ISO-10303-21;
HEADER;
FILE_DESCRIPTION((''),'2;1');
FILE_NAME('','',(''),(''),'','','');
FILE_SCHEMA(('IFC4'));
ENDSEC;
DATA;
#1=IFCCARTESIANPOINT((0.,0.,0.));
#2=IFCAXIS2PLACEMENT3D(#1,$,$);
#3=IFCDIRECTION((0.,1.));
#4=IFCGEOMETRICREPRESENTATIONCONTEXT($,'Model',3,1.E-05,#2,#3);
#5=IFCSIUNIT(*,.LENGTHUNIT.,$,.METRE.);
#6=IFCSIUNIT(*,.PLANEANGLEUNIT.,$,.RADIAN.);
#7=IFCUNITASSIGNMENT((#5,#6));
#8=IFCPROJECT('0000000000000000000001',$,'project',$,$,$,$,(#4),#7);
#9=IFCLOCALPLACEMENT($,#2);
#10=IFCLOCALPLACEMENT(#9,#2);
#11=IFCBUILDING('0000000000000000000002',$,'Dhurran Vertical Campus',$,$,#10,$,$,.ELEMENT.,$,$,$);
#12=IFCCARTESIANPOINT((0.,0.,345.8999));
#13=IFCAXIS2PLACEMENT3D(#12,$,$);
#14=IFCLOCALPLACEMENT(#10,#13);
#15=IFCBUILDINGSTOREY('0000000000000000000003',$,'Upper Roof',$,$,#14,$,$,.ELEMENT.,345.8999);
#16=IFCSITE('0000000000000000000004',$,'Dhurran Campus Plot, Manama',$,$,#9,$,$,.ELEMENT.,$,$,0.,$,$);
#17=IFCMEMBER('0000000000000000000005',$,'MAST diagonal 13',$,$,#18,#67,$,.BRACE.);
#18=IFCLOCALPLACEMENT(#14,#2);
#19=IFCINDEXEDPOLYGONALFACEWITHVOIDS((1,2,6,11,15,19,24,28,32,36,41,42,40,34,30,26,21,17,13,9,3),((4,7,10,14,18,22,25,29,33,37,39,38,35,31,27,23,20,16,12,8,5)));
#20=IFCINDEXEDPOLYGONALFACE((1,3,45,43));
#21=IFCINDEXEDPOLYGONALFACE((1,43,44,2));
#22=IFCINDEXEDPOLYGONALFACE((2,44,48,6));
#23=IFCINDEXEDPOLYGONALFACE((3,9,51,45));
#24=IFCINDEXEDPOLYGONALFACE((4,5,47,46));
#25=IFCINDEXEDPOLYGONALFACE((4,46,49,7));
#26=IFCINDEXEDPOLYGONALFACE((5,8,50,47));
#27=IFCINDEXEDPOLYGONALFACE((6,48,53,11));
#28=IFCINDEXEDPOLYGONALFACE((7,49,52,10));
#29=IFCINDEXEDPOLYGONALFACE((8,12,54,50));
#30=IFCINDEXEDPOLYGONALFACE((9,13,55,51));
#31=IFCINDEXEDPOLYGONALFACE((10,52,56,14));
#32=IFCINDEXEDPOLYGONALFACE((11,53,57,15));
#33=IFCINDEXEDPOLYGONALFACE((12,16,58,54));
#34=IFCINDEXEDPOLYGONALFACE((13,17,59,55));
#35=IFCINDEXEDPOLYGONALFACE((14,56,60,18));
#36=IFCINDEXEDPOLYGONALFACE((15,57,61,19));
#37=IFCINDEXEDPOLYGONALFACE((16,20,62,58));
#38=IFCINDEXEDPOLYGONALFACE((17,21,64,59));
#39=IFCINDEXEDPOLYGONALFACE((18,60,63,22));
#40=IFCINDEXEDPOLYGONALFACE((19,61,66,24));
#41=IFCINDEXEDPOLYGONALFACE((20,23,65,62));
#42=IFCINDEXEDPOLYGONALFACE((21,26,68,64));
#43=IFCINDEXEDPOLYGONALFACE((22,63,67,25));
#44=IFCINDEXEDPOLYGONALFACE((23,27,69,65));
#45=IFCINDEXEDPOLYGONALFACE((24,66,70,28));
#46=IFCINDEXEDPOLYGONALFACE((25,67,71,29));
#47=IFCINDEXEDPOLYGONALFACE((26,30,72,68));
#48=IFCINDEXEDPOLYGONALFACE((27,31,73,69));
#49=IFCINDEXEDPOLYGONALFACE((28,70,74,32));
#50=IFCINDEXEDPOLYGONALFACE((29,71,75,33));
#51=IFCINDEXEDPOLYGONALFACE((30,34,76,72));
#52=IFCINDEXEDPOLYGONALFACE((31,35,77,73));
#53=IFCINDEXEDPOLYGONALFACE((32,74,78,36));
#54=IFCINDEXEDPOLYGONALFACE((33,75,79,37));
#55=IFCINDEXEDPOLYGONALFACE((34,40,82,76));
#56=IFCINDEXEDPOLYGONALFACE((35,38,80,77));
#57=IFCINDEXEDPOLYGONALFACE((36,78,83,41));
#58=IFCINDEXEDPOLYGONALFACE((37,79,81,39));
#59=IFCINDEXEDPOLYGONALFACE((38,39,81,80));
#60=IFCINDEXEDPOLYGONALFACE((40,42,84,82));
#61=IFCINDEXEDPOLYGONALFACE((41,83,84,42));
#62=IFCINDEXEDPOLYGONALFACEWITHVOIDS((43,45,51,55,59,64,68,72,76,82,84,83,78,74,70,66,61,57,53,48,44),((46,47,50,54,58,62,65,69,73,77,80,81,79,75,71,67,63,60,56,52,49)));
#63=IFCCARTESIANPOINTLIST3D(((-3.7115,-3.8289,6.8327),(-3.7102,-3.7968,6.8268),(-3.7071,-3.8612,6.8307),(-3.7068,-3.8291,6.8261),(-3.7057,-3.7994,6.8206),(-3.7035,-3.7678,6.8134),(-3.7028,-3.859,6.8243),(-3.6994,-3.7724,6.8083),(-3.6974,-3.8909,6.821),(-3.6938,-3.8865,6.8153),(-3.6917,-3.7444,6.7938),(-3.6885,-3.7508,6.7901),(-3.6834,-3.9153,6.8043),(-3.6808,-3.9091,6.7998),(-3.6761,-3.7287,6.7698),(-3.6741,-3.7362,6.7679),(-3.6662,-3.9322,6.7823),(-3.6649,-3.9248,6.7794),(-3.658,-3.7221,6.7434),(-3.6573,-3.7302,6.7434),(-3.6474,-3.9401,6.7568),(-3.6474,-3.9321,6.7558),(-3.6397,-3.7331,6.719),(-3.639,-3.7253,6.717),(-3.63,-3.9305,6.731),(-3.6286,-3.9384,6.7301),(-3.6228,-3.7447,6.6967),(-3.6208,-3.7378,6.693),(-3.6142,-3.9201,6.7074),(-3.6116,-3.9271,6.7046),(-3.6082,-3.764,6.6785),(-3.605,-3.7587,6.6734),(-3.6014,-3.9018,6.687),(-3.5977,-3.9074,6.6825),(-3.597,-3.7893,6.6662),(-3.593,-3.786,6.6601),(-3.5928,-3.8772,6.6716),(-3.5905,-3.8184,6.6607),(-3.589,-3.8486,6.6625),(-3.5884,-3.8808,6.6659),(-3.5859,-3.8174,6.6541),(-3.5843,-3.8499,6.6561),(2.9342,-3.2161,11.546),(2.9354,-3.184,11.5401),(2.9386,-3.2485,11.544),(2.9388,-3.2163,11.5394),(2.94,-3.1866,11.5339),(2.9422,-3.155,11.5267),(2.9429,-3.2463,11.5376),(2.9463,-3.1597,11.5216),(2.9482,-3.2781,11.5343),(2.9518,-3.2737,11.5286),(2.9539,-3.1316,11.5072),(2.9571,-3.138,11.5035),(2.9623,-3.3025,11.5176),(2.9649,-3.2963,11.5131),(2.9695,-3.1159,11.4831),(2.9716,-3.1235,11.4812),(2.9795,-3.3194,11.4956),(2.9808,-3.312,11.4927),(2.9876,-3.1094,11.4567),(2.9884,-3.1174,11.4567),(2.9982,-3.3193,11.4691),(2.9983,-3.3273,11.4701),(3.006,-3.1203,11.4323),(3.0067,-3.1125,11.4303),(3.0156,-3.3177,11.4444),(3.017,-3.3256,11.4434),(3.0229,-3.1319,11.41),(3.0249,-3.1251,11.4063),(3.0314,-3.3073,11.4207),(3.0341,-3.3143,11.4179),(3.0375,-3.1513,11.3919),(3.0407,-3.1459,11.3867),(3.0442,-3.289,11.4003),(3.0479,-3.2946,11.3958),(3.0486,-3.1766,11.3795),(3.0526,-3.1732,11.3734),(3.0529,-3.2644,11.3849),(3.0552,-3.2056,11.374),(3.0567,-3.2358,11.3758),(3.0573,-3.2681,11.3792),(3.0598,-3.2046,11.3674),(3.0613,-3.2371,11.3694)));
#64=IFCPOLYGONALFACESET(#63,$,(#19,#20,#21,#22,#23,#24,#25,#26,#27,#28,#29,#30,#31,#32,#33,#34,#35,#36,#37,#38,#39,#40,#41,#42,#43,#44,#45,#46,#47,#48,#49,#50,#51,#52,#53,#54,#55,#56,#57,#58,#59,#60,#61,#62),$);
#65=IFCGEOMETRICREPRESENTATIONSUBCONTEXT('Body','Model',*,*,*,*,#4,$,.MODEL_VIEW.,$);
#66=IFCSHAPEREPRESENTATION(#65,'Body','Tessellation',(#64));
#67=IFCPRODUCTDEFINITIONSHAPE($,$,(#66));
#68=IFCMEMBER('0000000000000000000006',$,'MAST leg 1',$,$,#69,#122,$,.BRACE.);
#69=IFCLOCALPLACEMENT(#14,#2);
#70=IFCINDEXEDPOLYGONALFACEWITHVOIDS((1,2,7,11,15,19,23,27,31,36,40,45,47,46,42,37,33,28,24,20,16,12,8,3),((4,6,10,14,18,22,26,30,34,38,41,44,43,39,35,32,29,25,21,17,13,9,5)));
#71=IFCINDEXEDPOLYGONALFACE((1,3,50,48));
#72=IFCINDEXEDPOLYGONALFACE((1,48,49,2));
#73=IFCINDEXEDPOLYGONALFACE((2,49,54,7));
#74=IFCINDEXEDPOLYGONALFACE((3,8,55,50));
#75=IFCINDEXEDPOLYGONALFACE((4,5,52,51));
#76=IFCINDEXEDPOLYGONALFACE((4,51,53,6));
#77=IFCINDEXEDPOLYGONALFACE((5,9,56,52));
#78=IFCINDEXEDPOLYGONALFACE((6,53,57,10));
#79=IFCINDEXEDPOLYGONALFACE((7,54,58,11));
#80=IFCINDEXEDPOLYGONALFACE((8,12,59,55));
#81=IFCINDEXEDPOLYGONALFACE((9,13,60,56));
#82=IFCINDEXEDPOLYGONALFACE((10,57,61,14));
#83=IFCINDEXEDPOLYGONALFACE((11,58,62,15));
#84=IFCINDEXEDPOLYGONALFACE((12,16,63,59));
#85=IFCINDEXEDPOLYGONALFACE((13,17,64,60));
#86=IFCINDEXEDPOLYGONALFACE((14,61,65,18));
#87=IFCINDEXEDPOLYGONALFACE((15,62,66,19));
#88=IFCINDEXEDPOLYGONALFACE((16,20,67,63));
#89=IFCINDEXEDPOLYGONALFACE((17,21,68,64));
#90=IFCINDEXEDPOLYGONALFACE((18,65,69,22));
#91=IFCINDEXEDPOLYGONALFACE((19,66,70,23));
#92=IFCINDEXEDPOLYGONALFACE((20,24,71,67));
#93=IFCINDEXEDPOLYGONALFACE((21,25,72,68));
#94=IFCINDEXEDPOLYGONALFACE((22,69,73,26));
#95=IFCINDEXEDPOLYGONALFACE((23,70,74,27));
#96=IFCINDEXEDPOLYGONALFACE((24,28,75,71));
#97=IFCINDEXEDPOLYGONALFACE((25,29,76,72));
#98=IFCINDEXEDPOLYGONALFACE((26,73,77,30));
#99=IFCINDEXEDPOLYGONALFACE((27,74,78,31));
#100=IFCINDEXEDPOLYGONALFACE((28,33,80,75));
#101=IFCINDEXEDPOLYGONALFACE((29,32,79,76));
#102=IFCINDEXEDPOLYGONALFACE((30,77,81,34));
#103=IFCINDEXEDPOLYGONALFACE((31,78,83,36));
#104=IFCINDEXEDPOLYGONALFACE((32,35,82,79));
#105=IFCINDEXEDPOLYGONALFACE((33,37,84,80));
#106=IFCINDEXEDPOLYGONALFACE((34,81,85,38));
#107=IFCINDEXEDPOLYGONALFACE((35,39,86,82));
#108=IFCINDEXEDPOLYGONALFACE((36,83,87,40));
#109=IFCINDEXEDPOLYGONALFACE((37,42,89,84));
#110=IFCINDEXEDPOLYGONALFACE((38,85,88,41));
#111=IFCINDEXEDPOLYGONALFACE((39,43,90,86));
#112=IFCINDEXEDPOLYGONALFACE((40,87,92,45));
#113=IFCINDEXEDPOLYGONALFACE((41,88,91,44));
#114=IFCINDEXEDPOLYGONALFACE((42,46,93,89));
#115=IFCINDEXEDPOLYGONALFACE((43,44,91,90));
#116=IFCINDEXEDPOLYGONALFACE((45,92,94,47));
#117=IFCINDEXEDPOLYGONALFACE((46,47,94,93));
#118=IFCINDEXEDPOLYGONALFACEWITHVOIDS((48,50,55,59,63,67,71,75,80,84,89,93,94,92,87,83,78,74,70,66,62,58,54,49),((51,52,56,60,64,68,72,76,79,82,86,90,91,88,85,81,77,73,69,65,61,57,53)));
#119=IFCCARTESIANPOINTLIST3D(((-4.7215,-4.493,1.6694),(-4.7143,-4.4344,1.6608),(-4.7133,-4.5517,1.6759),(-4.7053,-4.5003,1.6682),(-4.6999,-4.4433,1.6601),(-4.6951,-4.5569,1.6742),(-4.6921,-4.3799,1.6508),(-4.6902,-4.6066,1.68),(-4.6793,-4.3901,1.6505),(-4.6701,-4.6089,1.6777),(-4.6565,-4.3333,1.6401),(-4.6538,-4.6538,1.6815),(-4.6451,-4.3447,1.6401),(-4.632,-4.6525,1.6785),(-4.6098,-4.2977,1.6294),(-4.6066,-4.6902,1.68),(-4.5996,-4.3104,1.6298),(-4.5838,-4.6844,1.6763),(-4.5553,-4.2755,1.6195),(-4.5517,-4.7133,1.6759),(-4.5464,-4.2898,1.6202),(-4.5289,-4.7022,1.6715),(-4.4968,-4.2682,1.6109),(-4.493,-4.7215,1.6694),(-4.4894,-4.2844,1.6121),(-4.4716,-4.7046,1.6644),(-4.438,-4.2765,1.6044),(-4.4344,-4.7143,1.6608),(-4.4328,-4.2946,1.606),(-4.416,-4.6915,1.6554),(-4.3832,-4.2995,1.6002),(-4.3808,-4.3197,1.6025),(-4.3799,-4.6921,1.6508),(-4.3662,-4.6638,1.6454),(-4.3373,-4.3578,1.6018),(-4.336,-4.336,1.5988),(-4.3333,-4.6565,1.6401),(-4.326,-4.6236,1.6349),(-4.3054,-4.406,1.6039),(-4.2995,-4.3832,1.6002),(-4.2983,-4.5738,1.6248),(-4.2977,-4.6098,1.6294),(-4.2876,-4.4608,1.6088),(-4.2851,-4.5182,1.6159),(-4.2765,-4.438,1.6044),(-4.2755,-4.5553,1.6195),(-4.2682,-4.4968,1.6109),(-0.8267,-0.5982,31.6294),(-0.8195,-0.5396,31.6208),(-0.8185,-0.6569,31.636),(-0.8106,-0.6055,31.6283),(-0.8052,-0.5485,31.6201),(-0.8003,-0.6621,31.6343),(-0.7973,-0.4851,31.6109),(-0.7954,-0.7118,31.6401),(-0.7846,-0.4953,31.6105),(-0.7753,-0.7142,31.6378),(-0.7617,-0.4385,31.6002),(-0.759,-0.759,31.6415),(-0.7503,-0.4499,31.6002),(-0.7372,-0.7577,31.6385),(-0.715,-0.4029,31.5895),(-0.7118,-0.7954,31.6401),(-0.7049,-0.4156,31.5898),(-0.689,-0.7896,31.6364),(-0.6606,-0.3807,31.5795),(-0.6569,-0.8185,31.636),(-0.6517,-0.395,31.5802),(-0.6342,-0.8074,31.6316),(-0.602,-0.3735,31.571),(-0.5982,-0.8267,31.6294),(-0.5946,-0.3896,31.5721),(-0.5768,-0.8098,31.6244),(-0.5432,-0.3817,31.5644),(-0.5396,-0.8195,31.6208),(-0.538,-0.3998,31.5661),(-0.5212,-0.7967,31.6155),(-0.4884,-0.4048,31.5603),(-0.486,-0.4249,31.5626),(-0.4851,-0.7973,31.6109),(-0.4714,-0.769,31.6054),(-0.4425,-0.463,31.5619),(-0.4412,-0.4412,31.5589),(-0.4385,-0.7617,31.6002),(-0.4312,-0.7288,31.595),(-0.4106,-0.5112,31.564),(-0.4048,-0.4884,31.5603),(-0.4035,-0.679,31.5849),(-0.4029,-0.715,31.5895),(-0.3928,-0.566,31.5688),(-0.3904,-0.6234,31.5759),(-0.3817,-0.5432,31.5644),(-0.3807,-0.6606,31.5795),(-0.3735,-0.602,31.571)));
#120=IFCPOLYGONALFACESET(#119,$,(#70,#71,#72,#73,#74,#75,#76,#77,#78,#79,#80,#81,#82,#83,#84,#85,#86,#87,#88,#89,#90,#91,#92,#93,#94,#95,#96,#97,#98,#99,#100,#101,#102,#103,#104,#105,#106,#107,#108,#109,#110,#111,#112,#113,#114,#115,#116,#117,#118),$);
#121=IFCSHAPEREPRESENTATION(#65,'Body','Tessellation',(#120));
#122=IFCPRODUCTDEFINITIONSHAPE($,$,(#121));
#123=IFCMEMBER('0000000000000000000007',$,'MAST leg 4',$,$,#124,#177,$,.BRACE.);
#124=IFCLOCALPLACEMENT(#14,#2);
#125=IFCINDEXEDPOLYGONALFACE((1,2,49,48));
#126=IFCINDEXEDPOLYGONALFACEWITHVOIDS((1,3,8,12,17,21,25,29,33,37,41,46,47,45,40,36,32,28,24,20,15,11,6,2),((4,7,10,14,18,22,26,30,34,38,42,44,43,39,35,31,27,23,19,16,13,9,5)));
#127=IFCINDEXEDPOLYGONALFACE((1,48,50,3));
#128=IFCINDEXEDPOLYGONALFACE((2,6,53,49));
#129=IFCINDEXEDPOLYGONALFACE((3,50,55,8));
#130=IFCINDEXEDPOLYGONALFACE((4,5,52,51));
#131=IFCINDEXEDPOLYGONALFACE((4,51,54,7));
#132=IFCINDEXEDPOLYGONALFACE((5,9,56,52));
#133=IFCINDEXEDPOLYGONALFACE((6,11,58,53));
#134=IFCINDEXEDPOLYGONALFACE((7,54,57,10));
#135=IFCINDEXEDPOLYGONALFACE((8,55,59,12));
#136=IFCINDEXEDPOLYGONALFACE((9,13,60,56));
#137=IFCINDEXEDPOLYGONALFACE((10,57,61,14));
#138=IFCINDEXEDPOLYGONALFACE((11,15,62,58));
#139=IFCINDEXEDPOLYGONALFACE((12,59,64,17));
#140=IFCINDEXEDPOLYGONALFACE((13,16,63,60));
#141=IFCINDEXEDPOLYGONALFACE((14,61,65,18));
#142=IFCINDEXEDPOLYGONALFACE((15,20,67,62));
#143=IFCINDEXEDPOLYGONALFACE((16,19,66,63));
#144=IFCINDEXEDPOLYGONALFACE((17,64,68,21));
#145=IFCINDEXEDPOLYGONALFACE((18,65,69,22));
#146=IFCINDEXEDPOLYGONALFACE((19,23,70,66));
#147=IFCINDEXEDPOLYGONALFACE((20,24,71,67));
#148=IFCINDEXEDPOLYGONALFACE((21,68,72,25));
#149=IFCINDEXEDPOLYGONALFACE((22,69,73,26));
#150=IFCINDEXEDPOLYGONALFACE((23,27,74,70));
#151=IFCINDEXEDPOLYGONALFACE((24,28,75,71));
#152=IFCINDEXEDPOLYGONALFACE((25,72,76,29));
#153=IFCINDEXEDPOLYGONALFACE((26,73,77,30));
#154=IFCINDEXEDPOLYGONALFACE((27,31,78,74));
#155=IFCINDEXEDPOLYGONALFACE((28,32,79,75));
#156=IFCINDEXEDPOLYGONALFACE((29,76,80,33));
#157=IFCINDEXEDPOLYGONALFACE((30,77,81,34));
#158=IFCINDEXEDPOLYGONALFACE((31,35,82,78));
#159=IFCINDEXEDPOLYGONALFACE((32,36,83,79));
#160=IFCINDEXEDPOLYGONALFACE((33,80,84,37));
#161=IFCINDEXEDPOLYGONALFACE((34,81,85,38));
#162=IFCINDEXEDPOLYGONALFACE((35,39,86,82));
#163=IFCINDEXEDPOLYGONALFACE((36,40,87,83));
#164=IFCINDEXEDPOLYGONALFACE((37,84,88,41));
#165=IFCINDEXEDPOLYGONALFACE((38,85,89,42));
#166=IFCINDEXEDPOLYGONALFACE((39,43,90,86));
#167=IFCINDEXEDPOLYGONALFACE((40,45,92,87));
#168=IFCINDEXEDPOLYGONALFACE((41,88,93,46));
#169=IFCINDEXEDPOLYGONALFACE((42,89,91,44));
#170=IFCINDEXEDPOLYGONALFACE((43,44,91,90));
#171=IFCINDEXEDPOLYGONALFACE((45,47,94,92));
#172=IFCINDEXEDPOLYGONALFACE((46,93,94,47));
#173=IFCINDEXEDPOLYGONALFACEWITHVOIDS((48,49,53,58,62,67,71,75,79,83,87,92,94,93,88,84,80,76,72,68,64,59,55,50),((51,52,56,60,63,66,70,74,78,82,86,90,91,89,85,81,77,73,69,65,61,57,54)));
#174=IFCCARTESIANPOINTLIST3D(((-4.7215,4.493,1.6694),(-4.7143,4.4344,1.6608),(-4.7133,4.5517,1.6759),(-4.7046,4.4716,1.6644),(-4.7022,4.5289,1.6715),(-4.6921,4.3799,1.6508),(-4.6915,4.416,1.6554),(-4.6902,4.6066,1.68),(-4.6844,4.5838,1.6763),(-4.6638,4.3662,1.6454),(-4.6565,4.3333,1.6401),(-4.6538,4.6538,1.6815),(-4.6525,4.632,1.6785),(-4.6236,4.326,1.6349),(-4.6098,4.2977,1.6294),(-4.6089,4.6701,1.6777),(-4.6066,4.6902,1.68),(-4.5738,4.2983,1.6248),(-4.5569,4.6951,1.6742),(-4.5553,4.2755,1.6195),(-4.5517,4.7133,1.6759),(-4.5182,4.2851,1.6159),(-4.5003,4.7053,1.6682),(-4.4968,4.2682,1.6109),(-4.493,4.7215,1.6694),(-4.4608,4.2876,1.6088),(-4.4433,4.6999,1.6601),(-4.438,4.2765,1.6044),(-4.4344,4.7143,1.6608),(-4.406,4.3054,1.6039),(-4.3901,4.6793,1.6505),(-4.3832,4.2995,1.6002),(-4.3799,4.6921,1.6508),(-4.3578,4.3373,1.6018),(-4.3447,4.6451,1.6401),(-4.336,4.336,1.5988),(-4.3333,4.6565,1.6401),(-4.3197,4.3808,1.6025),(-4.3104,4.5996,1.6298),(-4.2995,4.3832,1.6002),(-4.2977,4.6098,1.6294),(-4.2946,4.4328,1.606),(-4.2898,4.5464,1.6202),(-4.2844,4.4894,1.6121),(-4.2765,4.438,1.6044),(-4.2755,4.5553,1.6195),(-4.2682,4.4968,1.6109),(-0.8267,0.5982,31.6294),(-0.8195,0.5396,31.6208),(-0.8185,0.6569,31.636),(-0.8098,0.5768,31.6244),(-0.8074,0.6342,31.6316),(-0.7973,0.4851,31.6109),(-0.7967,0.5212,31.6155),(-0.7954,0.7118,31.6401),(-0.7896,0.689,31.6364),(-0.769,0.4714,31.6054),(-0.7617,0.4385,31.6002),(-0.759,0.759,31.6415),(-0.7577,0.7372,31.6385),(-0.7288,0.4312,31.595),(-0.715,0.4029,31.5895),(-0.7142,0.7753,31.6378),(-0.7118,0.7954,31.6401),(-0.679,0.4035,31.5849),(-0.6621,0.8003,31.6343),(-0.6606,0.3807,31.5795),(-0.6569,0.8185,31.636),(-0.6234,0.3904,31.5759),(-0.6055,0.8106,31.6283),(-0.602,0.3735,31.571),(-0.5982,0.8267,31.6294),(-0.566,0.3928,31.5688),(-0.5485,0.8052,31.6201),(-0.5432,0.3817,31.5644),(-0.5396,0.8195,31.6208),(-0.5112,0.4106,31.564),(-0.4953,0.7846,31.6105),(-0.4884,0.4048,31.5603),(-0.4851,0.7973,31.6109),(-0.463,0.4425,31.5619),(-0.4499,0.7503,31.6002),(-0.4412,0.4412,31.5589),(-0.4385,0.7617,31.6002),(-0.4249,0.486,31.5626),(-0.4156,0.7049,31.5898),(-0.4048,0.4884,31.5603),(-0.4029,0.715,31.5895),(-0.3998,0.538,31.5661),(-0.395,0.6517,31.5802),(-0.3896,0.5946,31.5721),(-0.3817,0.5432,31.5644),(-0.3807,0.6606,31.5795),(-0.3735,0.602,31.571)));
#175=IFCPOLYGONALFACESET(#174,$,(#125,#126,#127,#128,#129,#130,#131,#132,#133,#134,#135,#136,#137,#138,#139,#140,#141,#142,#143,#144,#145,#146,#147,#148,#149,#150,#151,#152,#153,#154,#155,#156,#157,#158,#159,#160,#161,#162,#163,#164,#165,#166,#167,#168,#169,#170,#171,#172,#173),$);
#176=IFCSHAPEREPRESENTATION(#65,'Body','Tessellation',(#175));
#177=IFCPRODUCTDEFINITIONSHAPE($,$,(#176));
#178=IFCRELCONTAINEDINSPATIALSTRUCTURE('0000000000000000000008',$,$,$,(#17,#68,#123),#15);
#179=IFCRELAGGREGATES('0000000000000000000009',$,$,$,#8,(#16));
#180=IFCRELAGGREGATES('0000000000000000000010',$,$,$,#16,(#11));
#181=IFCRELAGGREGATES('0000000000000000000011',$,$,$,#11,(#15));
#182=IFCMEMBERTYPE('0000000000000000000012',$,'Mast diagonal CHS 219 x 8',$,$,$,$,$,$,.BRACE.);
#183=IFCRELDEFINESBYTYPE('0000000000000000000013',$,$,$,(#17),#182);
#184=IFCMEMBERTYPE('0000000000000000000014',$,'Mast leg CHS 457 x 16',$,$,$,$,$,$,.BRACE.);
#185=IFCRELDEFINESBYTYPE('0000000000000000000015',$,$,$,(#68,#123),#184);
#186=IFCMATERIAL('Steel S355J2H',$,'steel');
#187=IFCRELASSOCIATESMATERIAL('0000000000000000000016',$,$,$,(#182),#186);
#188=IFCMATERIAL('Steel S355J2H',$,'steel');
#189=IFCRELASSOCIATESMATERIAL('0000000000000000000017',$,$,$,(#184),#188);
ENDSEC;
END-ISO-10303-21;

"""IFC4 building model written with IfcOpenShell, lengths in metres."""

from ifc_helpers import new_model, si_unit, direction, frame, origin, origin_2d, place, context, subcontext, project, spatial, hollow_circle, extrude, material, material_profile, profile_set, type_object, element, save


model = new_model("IFC4")

# Units and contexts
model_context = context("Model", 3, precision=1e-05, world=origin(), true_north=direction((0.0, 1.0)))
body_context = subcontext(model_context, "Body", "Model", "MODEL_VIEW")
ifc_project = project(units=[si_unit("LENGTHUNIT", "METRE"), si_unit("PLANEANGLEUNIT", "RADIAN")], contexts=[model_context])

# Site, building, storey
site_placement = place(None, origin())
site = spatial("IfcSite", under=ifc_project, at=site_placement, Name="Dhurran Campus Plot, Manama", CompositionType="ELEMENT", RefElevation=0.0)
building_placement = place(site_placement, origin())
building = spatial("IfcBuilding", under=site, at=building_placement, Name="Dhurran Vertical Campus", CompositionType="ELEMENT")
storey_placement = place(building_placement, frame((0.0, 0.0, 345.8999)))
storey = spatial("IfcBuildingStorey", under=building, at=storey_placement, Name="Upper Roof", CompositionType="ELEMENT", Elevation=345.8999)

# Members
ifc_material_1 = material(Name="Steel S355J2H", Category="steel")
ifc_material_profile_1 = material_profile(ifc_material_1, hollow_circle(Radius=0.1096, WallThickness=0.0081, at=origin_2d()), Name="CHS219x8")
ifc_profile_set_1 = profile_set([ifc_material_profile_1], Name="Steel S355J2H")
member_type_1 = type_object("IfcMemberType", Name="Mast diagonal CHS 219 x 8", PredefinedType="BRACE", material=ifc_profile_set_1)
member_1_placement = place(storey_placement, frame((-3.6479, -3.8313, 6.7434), z_axis=(0.813381, 0.075, 0.576876), x_axis=(-0.091819, 0.995776, 0.0)))
element("IfcMember", 1, at=member_1_placement, inside=storey, type_object=member_type_1, Name="MAST diagonal 13", PredefinedType="BRACE", context=body_context, shape_type="SweptSolid", body=[
    extrude(hollow_circle(Radius=0.1096, WallThickness=0.0081, at=origin_2d()), origin(), (0.0, 0.0, 1.0), 8.1704),
])
ifc_material_2 = material(Name="Steel S355J2H", Category="steel")
ifc_material_profile_2 = material_profile(ifc_material_2, hollow_circle(Radius=0.2285, WallThickness=0.0161, at=origin_2d()), Name="CHS457x16")
ifc_profile_set_2 = profile_set([ifc_material_profile_2], Name="Steel S355J2H")
member_type_2 = type_object("IfcMemberType", Name="Mast leg CHS 457 x 16", PredefinedType="BRACE", material=ifc_profile_set_2)
for number, where, z_axis, x_axis, name in (
    (2, (-4.4949, -4.4949, 1.6401), (0.127857, 0.127857, 0.983517), (-0.707107, 0.707107, 0.0), "MAST leg 1"),
    (3, (-4.4949, 4.4949, 1.6401), (0.127857, -0.127857, 0.983517), (0.707107, 0.707107, 0.0), "MAST leg 4"),
):
    element("IfcMember", number, at=place(storey_placement, frame(where, z_axis=z_axis, x_axis=x_axis)), inside=storey, type_object=member_type_2, Name=name, PredefinedType="BRACE", context=body_context, shape_type="SweptSolid", body=[
        extrude(hollow_circle(Radius=0.2285, WallThickness=0.0161, at=origin_2d()), origin(), (0.0, 0.0, 1.0), 30.4622),
    ])

save(model, "model.ifc")
